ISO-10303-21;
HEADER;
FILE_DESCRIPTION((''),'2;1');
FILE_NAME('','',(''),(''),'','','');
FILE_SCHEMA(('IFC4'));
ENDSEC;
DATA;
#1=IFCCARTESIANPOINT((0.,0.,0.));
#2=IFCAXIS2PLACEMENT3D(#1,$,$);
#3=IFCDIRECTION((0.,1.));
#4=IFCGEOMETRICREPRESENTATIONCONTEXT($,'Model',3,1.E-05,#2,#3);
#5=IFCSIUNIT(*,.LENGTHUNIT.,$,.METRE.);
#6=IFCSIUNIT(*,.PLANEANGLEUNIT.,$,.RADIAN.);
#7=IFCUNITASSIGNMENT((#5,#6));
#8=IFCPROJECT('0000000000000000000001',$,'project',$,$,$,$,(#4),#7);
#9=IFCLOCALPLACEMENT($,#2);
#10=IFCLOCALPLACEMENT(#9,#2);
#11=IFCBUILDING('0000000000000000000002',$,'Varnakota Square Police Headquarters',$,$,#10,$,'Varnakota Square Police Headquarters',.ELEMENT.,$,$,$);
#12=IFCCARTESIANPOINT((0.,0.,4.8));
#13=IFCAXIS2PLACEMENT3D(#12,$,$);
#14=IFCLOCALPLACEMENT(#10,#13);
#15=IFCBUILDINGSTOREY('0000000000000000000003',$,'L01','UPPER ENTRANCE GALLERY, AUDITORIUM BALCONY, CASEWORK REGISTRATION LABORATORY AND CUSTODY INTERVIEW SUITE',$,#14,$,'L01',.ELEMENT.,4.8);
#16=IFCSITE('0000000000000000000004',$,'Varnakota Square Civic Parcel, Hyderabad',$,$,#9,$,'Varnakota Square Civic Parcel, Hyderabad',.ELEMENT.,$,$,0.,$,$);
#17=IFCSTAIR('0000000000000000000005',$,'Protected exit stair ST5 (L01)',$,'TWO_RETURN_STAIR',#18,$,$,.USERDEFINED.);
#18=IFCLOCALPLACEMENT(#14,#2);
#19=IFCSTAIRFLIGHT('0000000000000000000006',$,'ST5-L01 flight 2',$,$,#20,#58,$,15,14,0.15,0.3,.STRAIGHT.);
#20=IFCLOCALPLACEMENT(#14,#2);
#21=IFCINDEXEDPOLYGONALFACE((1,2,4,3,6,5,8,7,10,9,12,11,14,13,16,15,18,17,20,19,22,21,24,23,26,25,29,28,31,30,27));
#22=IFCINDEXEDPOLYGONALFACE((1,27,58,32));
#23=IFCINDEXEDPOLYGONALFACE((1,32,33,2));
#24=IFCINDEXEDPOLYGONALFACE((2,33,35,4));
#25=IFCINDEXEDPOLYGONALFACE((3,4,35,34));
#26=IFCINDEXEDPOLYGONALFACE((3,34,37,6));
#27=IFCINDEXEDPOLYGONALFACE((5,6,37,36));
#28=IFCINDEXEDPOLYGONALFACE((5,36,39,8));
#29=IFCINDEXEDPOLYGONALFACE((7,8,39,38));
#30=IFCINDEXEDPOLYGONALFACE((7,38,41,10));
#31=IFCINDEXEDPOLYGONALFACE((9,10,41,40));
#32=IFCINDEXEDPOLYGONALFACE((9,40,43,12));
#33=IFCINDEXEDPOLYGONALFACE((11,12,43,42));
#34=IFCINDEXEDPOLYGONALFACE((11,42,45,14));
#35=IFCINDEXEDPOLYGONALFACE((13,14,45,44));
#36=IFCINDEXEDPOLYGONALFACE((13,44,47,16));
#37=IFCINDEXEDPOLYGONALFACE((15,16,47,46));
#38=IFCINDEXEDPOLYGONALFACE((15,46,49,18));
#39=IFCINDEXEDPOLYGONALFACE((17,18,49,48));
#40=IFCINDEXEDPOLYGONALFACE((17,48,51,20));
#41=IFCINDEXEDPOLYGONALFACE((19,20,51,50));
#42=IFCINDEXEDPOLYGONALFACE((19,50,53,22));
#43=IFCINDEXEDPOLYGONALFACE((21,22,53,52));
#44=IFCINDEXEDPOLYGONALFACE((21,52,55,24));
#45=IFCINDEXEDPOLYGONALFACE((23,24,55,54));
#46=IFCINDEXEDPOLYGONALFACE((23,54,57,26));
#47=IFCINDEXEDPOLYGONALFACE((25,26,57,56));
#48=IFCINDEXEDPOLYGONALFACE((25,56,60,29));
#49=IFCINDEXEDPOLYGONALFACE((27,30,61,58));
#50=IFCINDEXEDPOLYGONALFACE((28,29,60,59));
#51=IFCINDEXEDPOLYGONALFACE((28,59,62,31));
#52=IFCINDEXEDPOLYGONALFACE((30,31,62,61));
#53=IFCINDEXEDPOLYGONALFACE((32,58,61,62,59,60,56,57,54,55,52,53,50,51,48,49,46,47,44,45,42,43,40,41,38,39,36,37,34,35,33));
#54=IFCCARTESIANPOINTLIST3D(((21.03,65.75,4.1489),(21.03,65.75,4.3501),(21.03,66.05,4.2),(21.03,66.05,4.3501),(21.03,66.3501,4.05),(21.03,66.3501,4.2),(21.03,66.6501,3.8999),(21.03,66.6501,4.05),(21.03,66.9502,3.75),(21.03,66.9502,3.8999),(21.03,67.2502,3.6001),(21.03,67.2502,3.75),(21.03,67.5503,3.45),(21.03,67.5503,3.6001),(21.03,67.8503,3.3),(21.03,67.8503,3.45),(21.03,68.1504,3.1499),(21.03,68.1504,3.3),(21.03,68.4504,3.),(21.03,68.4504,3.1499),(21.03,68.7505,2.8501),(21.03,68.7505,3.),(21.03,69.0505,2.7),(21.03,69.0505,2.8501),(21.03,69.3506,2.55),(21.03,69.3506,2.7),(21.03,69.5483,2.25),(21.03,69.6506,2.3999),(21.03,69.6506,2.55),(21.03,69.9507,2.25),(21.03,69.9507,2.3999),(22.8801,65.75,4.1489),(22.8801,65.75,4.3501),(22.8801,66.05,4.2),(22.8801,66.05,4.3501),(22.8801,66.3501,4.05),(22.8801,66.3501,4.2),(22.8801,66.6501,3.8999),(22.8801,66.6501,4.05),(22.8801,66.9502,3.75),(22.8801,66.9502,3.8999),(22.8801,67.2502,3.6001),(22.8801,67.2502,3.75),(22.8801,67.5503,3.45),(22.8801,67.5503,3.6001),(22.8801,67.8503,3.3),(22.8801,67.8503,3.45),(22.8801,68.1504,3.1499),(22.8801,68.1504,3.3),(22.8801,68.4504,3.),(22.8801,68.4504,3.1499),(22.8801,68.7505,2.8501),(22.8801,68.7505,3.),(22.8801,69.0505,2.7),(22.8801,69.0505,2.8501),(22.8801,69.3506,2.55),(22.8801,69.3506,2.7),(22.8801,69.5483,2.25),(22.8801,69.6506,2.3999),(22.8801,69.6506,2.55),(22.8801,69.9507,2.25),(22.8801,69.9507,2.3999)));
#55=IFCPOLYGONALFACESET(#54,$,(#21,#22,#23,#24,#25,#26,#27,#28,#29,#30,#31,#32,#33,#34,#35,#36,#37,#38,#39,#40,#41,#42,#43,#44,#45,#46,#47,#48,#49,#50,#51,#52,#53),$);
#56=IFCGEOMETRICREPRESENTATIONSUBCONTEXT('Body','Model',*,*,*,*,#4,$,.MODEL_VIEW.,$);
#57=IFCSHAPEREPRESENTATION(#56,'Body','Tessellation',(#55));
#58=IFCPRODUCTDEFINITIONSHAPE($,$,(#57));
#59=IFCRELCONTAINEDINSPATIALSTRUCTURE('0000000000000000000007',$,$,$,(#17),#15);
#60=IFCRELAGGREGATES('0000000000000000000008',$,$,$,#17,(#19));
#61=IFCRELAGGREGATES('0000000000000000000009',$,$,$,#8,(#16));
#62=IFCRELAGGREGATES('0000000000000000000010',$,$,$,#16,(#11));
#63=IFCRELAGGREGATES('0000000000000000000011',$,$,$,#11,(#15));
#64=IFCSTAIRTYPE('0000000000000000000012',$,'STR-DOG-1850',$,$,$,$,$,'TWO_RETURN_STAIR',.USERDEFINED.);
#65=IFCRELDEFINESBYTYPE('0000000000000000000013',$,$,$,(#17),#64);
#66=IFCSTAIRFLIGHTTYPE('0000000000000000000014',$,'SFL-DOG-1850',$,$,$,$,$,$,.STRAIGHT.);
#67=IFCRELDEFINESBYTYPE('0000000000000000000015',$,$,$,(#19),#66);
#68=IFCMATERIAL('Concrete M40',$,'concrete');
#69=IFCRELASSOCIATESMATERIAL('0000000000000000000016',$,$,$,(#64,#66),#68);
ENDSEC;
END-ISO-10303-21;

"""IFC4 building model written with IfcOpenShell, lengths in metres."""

from ifc_helpers import new_model, si_unit, direction, frame, origin, place, context, subcontext, project, spatial, polyline, outline, extrude, material, type_object, element, aggregate, save


model = new_model("IFC4")

# Units and contexts
model_context = context("Model", 3, precision=1e-05, world=origin(), true_north=direction((0.0, 1.0)))
body_context = subcontext(model_context, "Body", "Model", "MODEL_VIEW")
ifc_project = project(units=[si_unit("LENGTHUNIT", "METRE"), si_unit("PLANEANGLEUNIT", "RADIAN")], contexts=[model_context])

# Site, building, storey
site_placement = place(None, origin())
site = spatial("IfcSite", under=ifc_project, at=site_placement, Name="Varnakota Square Civic Parcel, Hyderabad", LongName="Varnakota Square Civic Parcel, Hyderabad", CompositionType="ELEMENT", RefElevation=0.0)
building_placement = place(site_placement, origin())
building = spatial("IfcBuilding", under=site, at=building_placement, Name="Varnakota Square Police Headquarters", LongName="Varnakota Square Police Headquarters", CompositionType="ELEMENT")
storey_placement = place(building_placement, frame((0.0, 0.0, 4.8)))
storey = spatial("IfcBuildingStorey", under=building, at=storey_placement, Name="L01", Description="UPPER ENTRANCE GALLERY, AUDITORIUM BALCONY, CASEWORK REGISTRATION LABORATORY AND CUSTODY INTERVIEW SUITE", LongName="L01", CompositionType="ELEMENT", Elevation=4.8)

# Shared definitions
ifc_material_1 = material(Name="Concrete M40", Category="concrete")

# Stair, stair flight
stair_type = type_object("IfcStairType", Name="STR-DOG-1850", ElementType="TWO_RETURN_STAIR", PredefinedType="USERDEFINED", material=ifc_material_1)
stair_placement = place(storey_placement, origin())
stair = element("IfcStair", 1, at=stair_placement, inside=storey, type_object=stair_type, Name="Protected exit stair ST5 (L01)", ObjectType="TWO_RETURN_STAIR", PredefinedType="USERDEFINED")
stair_flight_type = type_object("IfcStairFlightType", Name="SFL-DOG-1850", PredefinedType="STRAIGHT", material=ifc_material_1)
stair_flight_placement = place(storey_placement, frame((21.9551, 69.9507, 2.25), z_axis=(0.0, 0.0, 1.0), x_axis=(0.0, -1.0, 0.0)))
stair_flight = element("IfcStairFlight", 2, at=stair_flight_placement, type_object=stair_flight_type, Name="ST5-L01 flight 2", NumberOfRisers=15, NumberOfTreads=14, PredefinedType="STRAIGHT", RiserHeight=0.15, TreadLength=0.3, context=body_context, shape_type="SweptSolid", body=[
    extrude(outline(polyline([(0.0, 0.0), (0.0, 0.1499), (0.3, 0.1499), (0.3, 0.3), (0.6001, 0.3), (0.6001, 0.45), (0.9001, 0.45), (0.9001, 0.6001), (1.2002, 0.6001), (1.2002, 0.75), (1.5002, 0.75), (1.5002, 0.8999), (1.8003, 0.8999), (1.8003, 1.05), (2.1003, 1.05), (2.1003, 1.2), (2.4004, 1.2), (2.4004, 1.3501), (2.7004, 1.3501), (2.7004, 1.5), (3.0005, 1.5), (3.0005, 1.6499), (3.3005, 1.6499), (3.3005, 1.8), (3.6006, 1.8), (3.6006, 1.95), (3.9006, 1.95), (3.9006, 2.1001), (4.2007, 2.1001), (4.2007, 2.25), (4.2007, 1.8989), (0.4023, 0.0), (0.0, 0.0)])), frame((0.0, 0.925, 0.0), z_axis=(0.0, -1.0, 0.0), x_axis=(1.0, 0.0, 0.0)), (0.0, 0.0, 1.0), 1.8501),
])
aggregate(stair, [stair_flight])

save(model, "model.ifc")
